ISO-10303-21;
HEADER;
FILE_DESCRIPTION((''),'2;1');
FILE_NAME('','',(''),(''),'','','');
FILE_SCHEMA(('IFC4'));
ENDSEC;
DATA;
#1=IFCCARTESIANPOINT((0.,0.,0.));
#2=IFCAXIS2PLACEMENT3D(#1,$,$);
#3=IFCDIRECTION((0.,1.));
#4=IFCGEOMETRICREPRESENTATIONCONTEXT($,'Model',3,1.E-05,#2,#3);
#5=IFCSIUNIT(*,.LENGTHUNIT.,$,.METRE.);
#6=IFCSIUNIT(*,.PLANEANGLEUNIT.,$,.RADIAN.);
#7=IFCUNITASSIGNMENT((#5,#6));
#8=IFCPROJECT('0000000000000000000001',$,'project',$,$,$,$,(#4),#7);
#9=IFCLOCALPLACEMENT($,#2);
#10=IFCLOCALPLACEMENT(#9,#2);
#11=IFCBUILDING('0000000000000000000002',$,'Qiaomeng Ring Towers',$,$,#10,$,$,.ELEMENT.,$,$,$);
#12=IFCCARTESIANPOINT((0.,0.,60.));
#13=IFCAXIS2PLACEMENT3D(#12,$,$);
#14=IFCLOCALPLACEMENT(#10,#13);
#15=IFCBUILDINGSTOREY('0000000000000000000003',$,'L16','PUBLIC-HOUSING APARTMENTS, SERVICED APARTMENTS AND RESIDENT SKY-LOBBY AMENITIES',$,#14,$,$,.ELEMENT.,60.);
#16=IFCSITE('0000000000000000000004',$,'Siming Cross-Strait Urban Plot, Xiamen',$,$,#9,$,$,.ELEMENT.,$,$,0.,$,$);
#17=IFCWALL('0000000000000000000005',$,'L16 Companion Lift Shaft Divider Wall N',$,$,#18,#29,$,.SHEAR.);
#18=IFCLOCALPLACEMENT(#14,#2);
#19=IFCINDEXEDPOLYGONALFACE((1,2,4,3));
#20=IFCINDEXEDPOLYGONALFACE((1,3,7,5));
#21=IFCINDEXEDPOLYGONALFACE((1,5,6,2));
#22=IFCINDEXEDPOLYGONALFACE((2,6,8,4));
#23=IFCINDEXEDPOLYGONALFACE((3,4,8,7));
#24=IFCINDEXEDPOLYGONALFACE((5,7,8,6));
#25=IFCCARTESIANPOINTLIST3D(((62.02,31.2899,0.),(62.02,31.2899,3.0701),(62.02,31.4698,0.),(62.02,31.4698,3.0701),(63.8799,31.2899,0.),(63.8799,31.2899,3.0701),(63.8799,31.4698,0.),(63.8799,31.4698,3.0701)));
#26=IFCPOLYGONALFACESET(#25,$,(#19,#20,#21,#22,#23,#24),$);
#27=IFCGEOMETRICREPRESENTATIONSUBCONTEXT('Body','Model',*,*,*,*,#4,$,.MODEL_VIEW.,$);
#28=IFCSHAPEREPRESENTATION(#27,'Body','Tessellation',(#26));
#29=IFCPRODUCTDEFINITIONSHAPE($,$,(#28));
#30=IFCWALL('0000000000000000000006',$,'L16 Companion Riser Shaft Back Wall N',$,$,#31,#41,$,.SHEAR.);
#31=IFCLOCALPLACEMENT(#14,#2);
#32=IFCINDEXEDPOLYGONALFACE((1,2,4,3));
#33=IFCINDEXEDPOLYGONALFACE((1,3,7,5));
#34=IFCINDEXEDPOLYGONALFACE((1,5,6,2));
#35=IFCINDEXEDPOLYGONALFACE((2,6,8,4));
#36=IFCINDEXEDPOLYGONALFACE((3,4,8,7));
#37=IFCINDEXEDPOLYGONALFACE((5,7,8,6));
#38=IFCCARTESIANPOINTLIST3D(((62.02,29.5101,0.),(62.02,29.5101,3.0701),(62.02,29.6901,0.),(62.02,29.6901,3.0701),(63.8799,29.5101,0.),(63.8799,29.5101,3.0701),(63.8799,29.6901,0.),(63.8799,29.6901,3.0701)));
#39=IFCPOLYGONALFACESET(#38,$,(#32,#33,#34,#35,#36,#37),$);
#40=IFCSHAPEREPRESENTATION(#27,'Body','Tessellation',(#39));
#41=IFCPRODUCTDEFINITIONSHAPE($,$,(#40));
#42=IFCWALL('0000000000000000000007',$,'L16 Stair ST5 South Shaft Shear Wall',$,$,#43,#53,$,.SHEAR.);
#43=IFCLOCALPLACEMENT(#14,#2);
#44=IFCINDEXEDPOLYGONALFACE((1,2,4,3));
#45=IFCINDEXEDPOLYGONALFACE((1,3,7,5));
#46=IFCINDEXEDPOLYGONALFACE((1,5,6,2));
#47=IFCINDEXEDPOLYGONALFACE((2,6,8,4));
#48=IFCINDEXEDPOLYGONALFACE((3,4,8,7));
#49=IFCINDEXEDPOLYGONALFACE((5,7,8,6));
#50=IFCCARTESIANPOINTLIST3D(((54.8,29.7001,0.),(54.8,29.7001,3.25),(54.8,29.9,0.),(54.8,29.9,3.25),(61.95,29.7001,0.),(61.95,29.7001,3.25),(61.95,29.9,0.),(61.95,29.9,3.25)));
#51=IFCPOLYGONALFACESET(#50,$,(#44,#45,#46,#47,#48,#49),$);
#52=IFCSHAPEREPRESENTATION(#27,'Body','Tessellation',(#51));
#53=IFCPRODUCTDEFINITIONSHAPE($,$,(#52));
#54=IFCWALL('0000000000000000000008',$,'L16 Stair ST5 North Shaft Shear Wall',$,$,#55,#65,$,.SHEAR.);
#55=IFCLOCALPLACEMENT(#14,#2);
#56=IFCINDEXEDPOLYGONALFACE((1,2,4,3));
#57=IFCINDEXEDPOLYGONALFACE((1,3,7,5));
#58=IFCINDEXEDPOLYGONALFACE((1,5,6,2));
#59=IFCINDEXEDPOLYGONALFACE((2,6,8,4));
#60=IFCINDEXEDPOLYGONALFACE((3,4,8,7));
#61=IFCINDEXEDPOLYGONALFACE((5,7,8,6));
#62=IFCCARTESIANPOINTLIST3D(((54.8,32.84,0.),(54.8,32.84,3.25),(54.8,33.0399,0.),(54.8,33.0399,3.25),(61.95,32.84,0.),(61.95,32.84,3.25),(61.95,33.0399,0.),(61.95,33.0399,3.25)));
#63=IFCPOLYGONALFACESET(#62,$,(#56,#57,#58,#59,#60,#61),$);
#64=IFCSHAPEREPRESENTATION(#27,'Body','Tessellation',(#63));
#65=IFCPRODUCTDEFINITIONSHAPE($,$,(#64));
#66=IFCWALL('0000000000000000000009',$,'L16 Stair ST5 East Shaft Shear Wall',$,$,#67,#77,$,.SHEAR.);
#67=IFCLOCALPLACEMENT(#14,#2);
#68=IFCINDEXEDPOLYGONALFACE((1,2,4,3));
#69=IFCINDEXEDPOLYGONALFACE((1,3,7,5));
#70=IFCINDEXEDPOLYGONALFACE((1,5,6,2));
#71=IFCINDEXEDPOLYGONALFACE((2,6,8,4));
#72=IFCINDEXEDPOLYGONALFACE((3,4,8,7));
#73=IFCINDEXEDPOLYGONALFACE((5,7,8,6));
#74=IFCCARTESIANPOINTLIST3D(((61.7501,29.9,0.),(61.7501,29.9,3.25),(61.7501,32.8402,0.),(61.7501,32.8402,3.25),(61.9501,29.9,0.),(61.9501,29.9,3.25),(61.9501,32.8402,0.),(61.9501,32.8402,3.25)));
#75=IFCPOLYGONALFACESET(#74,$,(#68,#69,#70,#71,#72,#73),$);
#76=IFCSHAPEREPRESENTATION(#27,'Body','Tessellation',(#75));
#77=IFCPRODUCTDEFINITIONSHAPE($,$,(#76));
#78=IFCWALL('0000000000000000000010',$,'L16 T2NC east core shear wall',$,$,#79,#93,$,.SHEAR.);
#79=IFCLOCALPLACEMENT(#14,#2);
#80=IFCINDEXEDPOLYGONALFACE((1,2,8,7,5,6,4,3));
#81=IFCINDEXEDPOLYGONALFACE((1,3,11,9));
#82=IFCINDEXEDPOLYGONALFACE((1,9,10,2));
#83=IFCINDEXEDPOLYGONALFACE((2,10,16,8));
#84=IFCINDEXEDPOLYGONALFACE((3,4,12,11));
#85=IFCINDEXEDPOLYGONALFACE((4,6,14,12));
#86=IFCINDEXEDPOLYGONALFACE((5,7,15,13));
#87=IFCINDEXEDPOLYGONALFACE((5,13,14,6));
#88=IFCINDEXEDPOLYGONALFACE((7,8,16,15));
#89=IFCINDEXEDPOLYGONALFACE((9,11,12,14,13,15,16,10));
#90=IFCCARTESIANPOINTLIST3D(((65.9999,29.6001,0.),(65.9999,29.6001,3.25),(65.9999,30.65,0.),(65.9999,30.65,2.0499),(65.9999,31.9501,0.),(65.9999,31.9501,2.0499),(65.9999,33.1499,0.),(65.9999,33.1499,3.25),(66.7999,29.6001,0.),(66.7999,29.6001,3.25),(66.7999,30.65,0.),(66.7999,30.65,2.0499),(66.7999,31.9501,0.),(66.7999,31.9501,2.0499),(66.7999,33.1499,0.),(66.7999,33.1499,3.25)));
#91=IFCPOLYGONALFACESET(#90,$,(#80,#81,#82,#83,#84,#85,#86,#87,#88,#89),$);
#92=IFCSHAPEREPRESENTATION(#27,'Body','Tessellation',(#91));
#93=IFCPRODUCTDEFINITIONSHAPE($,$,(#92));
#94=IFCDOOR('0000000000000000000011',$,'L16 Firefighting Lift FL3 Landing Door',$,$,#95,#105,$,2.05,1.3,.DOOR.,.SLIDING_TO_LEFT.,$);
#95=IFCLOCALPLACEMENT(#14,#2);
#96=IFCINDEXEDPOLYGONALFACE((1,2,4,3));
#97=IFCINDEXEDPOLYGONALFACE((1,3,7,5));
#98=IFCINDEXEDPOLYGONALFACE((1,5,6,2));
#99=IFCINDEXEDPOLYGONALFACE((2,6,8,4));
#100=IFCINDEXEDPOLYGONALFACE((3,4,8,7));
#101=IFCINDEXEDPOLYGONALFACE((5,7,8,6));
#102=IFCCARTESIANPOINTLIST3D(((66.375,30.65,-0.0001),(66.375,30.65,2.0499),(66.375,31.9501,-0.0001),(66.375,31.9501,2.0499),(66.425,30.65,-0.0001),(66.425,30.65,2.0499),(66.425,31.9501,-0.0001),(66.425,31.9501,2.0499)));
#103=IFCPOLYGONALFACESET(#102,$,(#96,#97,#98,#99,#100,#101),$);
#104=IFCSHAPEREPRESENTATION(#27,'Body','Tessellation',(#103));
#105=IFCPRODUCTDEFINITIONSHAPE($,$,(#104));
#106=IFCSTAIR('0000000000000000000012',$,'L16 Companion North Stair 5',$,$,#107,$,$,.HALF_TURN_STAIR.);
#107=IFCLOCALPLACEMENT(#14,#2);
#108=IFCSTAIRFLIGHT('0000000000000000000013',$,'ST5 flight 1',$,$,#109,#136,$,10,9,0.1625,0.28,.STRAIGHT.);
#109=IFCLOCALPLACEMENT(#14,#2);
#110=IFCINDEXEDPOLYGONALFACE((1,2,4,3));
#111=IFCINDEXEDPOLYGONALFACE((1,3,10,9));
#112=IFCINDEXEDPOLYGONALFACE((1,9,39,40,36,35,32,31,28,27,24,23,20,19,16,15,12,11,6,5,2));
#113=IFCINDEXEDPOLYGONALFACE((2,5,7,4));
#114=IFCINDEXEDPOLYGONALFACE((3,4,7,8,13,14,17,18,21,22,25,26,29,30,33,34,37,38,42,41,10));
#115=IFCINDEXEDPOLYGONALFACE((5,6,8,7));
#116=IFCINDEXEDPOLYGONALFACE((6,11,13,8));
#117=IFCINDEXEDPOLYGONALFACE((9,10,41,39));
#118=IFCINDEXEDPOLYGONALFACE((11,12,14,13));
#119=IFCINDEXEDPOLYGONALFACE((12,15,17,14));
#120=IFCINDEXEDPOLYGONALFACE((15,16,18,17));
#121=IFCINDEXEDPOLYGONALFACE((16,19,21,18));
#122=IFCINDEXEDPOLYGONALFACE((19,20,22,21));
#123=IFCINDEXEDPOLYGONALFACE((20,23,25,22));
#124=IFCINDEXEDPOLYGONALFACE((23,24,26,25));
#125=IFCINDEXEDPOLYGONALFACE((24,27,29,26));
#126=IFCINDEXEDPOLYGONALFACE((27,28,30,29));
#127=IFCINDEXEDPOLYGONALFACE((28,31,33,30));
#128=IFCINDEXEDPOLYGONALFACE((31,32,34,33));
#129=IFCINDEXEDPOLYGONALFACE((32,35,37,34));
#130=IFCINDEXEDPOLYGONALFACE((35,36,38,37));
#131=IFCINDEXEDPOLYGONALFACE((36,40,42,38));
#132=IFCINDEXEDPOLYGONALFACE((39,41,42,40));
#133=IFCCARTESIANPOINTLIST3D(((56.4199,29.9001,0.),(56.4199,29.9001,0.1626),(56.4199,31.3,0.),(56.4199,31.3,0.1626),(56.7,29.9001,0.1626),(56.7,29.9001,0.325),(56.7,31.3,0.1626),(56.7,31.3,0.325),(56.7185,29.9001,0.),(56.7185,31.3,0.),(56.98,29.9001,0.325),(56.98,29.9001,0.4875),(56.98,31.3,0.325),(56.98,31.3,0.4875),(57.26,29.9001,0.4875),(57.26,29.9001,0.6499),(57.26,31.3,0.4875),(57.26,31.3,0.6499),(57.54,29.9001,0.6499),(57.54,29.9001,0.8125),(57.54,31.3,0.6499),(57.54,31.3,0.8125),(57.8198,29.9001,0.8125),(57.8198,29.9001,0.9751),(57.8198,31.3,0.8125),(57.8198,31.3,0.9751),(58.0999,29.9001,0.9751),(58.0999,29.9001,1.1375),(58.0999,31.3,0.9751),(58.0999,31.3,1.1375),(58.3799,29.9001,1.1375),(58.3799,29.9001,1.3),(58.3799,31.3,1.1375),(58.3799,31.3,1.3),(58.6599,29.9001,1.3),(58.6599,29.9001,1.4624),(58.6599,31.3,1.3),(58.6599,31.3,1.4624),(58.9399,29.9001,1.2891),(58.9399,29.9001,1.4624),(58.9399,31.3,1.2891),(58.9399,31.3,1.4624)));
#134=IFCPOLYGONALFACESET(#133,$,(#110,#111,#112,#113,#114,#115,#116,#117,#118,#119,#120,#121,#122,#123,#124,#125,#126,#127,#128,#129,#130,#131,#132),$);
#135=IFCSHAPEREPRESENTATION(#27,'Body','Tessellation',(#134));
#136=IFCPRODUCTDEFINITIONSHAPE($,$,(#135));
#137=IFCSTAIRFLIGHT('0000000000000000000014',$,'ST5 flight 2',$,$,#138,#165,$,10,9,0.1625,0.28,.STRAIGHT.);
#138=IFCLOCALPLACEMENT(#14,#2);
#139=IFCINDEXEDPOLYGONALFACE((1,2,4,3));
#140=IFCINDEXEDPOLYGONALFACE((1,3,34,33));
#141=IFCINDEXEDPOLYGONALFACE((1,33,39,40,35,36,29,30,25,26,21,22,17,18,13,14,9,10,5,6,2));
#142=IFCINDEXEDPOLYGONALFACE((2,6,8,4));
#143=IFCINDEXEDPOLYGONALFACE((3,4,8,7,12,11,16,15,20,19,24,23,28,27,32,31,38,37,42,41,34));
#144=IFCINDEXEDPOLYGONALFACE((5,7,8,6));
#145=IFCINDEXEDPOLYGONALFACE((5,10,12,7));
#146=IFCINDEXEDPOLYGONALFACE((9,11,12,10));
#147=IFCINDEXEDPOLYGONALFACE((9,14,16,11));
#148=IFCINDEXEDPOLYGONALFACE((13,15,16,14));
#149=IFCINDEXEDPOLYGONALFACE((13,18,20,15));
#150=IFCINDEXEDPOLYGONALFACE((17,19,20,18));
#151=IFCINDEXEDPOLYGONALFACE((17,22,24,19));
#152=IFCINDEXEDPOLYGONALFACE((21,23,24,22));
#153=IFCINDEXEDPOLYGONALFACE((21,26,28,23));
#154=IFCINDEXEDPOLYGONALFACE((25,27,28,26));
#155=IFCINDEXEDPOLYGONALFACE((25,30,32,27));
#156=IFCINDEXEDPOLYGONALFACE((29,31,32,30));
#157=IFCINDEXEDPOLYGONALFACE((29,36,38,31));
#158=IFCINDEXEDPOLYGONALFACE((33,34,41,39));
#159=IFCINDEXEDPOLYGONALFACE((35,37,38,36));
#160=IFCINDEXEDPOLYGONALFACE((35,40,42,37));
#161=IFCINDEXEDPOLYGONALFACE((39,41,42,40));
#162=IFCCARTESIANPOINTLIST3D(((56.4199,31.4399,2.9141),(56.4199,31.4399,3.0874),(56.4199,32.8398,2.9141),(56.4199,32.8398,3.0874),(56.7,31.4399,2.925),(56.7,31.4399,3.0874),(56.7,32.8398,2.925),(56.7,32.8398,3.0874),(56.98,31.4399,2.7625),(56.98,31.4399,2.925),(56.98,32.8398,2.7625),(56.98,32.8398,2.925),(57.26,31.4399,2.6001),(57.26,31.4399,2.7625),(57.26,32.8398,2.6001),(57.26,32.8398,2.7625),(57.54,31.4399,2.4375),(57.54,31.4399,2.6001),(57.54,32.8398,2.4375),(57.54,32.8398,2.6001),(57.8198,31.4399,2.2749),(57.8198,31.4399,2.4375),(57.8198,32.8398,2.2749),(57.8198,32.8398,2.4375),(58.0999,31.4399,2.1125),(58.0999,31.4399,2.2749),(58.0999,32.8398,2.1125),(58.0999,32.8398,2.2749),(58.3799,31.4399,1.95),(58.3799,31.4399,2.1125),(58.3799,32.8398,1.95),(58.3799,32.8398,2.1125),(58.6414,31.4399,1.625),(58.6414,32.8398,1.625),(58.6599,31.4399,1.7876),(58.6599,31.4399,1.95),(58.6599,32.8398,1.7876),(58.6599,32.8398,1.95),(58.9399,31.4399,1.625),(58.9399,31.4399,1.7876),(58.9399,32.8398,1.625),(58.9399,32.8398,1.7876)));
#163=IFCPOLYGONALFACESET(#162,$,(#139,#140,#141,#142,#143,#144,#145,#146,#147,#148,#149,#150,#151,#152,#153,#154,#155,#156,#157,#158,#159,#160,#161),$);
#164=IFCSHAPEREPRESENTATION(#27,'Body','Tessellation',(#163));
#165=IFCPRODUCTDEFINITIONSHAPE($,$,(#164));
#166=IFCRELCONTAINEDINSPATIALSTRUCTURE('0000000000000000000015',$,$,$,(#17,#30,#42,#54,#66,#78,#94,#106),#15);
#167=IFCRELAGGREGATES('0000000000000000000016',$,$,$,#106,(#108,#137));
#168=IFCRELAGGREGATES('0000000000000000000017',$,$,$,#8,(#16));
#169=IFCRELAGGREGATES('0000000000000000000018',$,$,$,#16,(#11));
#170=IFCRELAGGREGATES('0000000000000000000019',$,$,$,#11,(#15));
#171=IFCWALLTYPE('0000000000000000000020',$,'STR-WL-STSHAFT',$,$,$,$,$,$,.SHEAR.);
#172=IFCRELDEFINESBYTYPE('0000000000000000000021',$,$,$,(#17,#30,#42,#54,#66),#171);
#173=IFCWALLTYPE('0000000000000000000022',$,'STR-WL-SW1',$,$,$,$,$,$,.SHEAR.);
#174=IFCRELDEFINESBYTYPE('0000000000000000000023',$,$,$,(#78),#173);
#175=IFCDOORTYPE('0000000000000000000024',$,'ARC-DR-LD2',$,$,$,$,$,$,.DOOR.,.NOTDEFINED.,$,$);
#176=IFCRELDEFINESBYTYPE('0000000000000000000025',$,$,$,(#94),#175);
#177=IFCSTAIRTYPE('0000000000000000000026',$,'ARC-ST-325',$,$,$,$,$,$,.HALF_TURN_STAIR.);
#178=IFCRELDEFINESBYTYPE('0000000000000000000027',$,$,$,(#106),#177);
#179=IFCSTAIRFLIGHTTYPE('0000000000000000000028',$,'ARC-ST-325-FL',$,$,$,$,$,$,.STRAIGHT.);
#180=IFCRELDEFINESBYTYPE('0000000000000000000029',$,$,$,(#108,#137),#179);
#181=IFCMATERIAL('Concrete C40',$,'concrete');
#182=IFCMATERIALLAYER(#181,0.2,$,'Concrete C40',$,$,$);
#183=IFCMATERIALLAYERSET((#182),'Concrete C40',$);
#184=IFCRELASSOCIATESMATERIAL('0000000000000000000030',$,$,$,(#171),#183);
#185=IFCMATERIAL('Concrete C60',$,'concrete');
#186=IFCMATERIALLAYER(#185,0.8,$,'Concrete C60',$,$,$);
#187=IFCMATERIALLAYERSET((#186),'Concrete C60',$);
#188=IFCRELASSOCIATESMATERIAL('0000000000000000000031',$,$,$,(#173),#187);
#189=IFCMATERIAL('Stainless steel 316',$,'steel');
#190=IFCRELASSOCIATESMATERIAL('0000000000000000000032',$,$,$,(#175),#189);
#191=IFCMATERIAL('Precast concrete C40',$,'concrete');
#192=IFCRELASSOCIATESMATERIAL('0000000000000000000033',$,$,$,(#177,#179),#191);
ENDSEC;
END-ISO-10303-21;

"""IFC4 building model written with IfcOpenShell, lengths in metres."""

from ifc_helpers import new_model, si_unit, direction, frame, frame_2d, origin, place, context, subcontext, project, spatial, polyline, rectangle, outline, extrude, source, transform, mapped, material, layer, layer_set, type_object, element, fill, aggregate, save


model = new_model("IFC4")

# Units and contexts
model_context = context("Model", 3, precision=1e-05, world=origin(), true_north=direction((0.0, 1.0)))
body_context = subcontext(model_context, "Body", "Model", "MODEL_VIEW")
ifc_project = project(units=[si_unit("LENGTHUNIT", "METRE"), si_unit("PLANEANGLEUNIT", "RADIAN")], contexts=[model_context])

# Site, building, storey
site_placement = place(None, origin())
site = spatial("IfcSite", under=ifc_project, at=site_placement, Name="Siming Cross-Strait Urban Plot, Xiamen", CompositionType="ELEMENT", RefElevation=0.0)
building_placement = place(site_placement, origin())
building = spatial("IfcBuilding", under=site, at=building_placement, Name="Qiaomeng Ring Towers", CompositionType="ELEMENT")
storey_placement = place(building_placement, frame((0.0, 0.0, 60.0)))
storey = spatial("IfcBuildingStorey", under=building, at=storey_placement, Name="L16", Description="PUBLIC-HOUSING APARTMENTS, SERVICED APARTMENTS AND RESIDENT SKY-LOBBY AMENITIES", CompositionType="ELEMENT", Elevation=60.0)

# Walls
ifc_material_1 = material(Name="Concrete C40", Category="concrete")
ifc_layer_1 = layer(ifc_material_1, 0.2, Name="Concrete C40")
ifc_layer_set_1 = layer_set([ifc_layer_1], Name="Concrete C40")
wall_type_1 = type_object("IfcWallType", Name="STR-WL-STSHAFT", PredefinedType="SHEAR", material=ifc_layer_set_1)
for number, where, z_axis, x_axis, name in (
    (1, (62.02, 31.3799, 0.0), (0.0, 0.0, 1.0), (1.0, 0.0, 0.0), "L16 Companion Lift Shaft Divider Wall N"),
    (2, (62.02, 29.6001, 0.0), (0.0, 0.0, 1.0), (1.0, 0.0, 0.0), "L16 Companion Riser Shaft Back Wall N"),
):
    element("IfcWall", number, at=place(storey_placement, frame(where, z_axis=z_axis, x_axis=x_axis)), inside=storey, type_object=wall_type_1, Name=name, PredefinedType="SHEAR", context=body_context, shape_type="SweptSolid", body=[
        extrude(rectangle(XDim=1.8599, YDim=0.1799, at=frame_2d((0.9299, 0.0))), origin(), (0.0, 0.0, 1.0), 3.0701),
    ])
for number, where, z_axis, x_axis, name in (
    (3, (54.8, 29.8, 0.0), (0.0, 0.0, 1.0), (1.0, 0.0, 0.0), "L16 Stair ST5 South Shaft Shear Wall"),
    (4, (54.8, 32.9399, 0.0), (0.0, 0.0, 1.0), (1.0, 0.0, 0.0), "L16 Stair ST5 North Shaft Shear Wall"),
):
    element("IfcWall", number, at=place(storey_placement, frame(where, z_axis=z_axis, x_axis=x_axis)), inside=storey, type_object=wall_type_1, Name=name, PredefinedType="SHEAR", context=body_context, shape_type="SweptSolid", body=[
        extrude(rectangle(XDim=7.1499, YDim=0.2, at=frame_2d((3.575, 0.0))), origin(), (0.0, 0.0, 1.0), 3.25),
    ])
wall_1_placement = place(storey_placement, frame((61.8501, 29.8999, 0.0), z_axis=(0.0, 0.0, 1.0), x_axis=(0.0, 1.0, 0.0)))
element("IfcWall", 5, at=wall_1_placement, inside=storey, type_object=wall_type_1, Name="L16 Stair ST5 East Shaft Shear Wall", PredefinedType="SHEAR", context=body_context, shape_type="SweptSolid", body=[
    extrude(rectangle(XDim=2.9402, YDim=0.2, at=frame_2d((1.4702, 0.0))), origin(), (0.0, 0.0, 1.0), 3.25),
])

# Wall, opening, door
ifc_material_2 = material(Name="Concrete C60", Category="concrete")
ifc_layer_2 = layer(ifc_material_2, 0.8, Name="Concrete C60")
ifc_layer_set_2 = layer_set([ifc_layer_2], Name="Concrete C60")
wall_type_2 = type_object("IfcWallType", Name="STR-WL-SW1", PredefinedType="SHEAR", material=ifc_layer_set_2)
wall_2_placement = place(storey_placement, frame((66.3999, 29.6001, 0.0), z_axis=(0.0, 0.0, 1.0), x_axis=(0.0, 1.0, 0.0)))
wall_2 = element("IfcWall", 6, at=wall_2_placement, inside=storey, type_object=wall_type_2, Name="L16 T2NC east core shear wall", PredefinedType="SHEAR", context=body_context, shape_type="SweptSolid", body=[
    extrude(rectangle(XDim=3.5498, YDim=0.8, at=frame_2d((1.7749, 0.0))), origin(), (0.0, 0.0, 1.0), 3.25),
])
opening_placement = place(wall_2_placement, frame((1.05, 0.0, 0.0)))
opening = element("IfcOpeningElement", 7, at=opening_placement, cuts=wall_2, PredefinedType="OPENING", context=body_context, shape_type="SweptSolid", body=[
    extrude(rectangle(XDim=1.3, YDim=2.05, at=frame_2d((0.6499, 1.0249))), frame((0.0, 0.4099, 0.0), z_axis=(0.0, -1.0, 0.0), x_axis=(1.0, 0.0, 0.0)), (0.0, 0.0, 1.0), 0.8201),
])
ifc_material_3 = material(Name="Stainless steel 316", Category="steel")
door_type = type_object("IfcDoorType", Name="ARC-DR-LD2", OperationType="NOTDEFINED", PredefinedType="DOOR", material=ifc_material_3)
shared_shape_1 = source(origin(), body_context, "Body", "SweptSolid", [
    extrude(rectangle(XDim=1.3, YDim=2.05, at=frame_2d((0.6499, 1.0249))), frame((0.0, 0.0249, 0.0), z_axis=(0.0, -1.0, 0.0), x_axis=(1.0, 0.0, 0.0)), (0.0, 0.0, 1.0), 0.05),
])
door_placement = place(opening_placement, origin())
door = element("IfcDoor", 8, at=door_placement, inside=storey, type_object=door_type, Name="L16 Firefighting Lift FL3 Landing Door", OperationType="SLIDING_TO_LEFT", OverallHeight=2.05, OverallWidth=1.3, PredefinedType="DOOR", context=body_context, shape_type="MappedRepresentation", body=[
    mapped(shared_shape_1, transform((0.0, 0.0, 0.0), x_axis=(1.0, 0.0, 0.0), y_axis=(0.0, 1.0, 0.0), z_axis=(0.0, 0.0, 1.0), scale=1.0)),
])
fill(opening, door)

# Stair, stair flights
ifc_material_4 = material(Name="Precast concrete C40", Category="concrete")
stair_type = type_object("IfcStairType", Name="ARC-ST-325", PredefinedType="HALF_TURN_STAIR", material=ifc_material_4)
stair_placement = place(storey_placement, origin())
stair = element("IfcStair", 9, at=stair_placement, inside=storey, type_object=stair_type, Name="L16 Companion North Stair 5", PredefinedType="HALF_TURN_STAIR")
stair_flight_type = type_object("IfcStairFlightType", Name="ARC-ST-325-FL", PredefinedType="STRAIGHT", material=ifc_material_4)
shared_shape_2 = source(origin(), body_context, "Body", "SweptSolid", [
    extrude(outline(polyline([(0.0, 0.0), (0.0, 0.1626), (0.28, 0.1626), (0.28, 0.325), (0.5601, 0.325), (0.5601, 0.4875), (0.8401, 0.4875), (0.8401, 0.6499), (1.1201, 0.6499), (1.1201, 0.8125), (1.3999, 0.8125), (1.3999, 0.9751), (1.6799, 0.9751), (1.6799, 1.1375), (1.96, 1.1375), (1.96, 1.3), (2.24, 1.3), (2.24, 1.4624), (2.52, 1.4624), (2.52, 1.625), (2.52, 1.2891), (0.2986, 0.0), (0.0, 0.0)])), frame((0.0, 0.7, 0.0), z_axis=(0.0, -1.0, 0.0), x_axis=(1.0, 0.0, 0.0)), (0.0, 0.0, 1.0), 1.3999),
])
stair_flight_1_placement = place(storey_placement, frame((56.4199, 30.6001, 0.0), z_axis=(0.0, 0.0, 1.0), x_axis=(1.0, 0.0, 0.0)))
stair_flight_1 = element("IfcStairFlight", 10, at=stair_flight_1_placement, type_object=stair_flight_type, Name="ST5 flight 1", NumberOfRisers=10, NumberOfTreads=9, PredefinedType="STRAIGHT", RiserHeight=0.1625, TreadLength=0.28, context=body_context, shape_type="MappedRepresentation", body=[
    mapped(shared_shape_2, transform((0.0, 0.0, 0.0), x_axis=(1.0, 0.0, 0.0), y_axis=(0.0, 1.0, 0.0), z_axis=(0.0, 0.0, 1.0), scale=1.0)),
])
stair_flight_2_placement = place(storey_placement, frame((58.9399, 32.1399, 1.625), z_axis=(0.0, 0.0, 1.0), x_axis=(-1.0, 0.0, 0.0)))
stair_flight_2 = element("IfcStairFlight", 11, at=stair_flight_2_placement, type_object=stair_flight_type, Name="ST5 flight 2", NumberOfRisers=10, NumberOfTreads=9, PredefinedType="STRAIGHT", RiserHeight=0.1625, TreadLength=0.28, context=body_context, shape_type="MappedRepresentation", body=[
    mapped(shared_shape_2, transform((0.0, 0.0, 0.0), x_axis=(1.0, 0.0, 0.0), y_axis=(0.0, 1.0, 0.0), z_axis=(0.0, 0.0, 1.0), scale=1.0)),
])
aggregate(stair, [stair_flight_1, stair_flight_2])

save(model, "model.ifc")
